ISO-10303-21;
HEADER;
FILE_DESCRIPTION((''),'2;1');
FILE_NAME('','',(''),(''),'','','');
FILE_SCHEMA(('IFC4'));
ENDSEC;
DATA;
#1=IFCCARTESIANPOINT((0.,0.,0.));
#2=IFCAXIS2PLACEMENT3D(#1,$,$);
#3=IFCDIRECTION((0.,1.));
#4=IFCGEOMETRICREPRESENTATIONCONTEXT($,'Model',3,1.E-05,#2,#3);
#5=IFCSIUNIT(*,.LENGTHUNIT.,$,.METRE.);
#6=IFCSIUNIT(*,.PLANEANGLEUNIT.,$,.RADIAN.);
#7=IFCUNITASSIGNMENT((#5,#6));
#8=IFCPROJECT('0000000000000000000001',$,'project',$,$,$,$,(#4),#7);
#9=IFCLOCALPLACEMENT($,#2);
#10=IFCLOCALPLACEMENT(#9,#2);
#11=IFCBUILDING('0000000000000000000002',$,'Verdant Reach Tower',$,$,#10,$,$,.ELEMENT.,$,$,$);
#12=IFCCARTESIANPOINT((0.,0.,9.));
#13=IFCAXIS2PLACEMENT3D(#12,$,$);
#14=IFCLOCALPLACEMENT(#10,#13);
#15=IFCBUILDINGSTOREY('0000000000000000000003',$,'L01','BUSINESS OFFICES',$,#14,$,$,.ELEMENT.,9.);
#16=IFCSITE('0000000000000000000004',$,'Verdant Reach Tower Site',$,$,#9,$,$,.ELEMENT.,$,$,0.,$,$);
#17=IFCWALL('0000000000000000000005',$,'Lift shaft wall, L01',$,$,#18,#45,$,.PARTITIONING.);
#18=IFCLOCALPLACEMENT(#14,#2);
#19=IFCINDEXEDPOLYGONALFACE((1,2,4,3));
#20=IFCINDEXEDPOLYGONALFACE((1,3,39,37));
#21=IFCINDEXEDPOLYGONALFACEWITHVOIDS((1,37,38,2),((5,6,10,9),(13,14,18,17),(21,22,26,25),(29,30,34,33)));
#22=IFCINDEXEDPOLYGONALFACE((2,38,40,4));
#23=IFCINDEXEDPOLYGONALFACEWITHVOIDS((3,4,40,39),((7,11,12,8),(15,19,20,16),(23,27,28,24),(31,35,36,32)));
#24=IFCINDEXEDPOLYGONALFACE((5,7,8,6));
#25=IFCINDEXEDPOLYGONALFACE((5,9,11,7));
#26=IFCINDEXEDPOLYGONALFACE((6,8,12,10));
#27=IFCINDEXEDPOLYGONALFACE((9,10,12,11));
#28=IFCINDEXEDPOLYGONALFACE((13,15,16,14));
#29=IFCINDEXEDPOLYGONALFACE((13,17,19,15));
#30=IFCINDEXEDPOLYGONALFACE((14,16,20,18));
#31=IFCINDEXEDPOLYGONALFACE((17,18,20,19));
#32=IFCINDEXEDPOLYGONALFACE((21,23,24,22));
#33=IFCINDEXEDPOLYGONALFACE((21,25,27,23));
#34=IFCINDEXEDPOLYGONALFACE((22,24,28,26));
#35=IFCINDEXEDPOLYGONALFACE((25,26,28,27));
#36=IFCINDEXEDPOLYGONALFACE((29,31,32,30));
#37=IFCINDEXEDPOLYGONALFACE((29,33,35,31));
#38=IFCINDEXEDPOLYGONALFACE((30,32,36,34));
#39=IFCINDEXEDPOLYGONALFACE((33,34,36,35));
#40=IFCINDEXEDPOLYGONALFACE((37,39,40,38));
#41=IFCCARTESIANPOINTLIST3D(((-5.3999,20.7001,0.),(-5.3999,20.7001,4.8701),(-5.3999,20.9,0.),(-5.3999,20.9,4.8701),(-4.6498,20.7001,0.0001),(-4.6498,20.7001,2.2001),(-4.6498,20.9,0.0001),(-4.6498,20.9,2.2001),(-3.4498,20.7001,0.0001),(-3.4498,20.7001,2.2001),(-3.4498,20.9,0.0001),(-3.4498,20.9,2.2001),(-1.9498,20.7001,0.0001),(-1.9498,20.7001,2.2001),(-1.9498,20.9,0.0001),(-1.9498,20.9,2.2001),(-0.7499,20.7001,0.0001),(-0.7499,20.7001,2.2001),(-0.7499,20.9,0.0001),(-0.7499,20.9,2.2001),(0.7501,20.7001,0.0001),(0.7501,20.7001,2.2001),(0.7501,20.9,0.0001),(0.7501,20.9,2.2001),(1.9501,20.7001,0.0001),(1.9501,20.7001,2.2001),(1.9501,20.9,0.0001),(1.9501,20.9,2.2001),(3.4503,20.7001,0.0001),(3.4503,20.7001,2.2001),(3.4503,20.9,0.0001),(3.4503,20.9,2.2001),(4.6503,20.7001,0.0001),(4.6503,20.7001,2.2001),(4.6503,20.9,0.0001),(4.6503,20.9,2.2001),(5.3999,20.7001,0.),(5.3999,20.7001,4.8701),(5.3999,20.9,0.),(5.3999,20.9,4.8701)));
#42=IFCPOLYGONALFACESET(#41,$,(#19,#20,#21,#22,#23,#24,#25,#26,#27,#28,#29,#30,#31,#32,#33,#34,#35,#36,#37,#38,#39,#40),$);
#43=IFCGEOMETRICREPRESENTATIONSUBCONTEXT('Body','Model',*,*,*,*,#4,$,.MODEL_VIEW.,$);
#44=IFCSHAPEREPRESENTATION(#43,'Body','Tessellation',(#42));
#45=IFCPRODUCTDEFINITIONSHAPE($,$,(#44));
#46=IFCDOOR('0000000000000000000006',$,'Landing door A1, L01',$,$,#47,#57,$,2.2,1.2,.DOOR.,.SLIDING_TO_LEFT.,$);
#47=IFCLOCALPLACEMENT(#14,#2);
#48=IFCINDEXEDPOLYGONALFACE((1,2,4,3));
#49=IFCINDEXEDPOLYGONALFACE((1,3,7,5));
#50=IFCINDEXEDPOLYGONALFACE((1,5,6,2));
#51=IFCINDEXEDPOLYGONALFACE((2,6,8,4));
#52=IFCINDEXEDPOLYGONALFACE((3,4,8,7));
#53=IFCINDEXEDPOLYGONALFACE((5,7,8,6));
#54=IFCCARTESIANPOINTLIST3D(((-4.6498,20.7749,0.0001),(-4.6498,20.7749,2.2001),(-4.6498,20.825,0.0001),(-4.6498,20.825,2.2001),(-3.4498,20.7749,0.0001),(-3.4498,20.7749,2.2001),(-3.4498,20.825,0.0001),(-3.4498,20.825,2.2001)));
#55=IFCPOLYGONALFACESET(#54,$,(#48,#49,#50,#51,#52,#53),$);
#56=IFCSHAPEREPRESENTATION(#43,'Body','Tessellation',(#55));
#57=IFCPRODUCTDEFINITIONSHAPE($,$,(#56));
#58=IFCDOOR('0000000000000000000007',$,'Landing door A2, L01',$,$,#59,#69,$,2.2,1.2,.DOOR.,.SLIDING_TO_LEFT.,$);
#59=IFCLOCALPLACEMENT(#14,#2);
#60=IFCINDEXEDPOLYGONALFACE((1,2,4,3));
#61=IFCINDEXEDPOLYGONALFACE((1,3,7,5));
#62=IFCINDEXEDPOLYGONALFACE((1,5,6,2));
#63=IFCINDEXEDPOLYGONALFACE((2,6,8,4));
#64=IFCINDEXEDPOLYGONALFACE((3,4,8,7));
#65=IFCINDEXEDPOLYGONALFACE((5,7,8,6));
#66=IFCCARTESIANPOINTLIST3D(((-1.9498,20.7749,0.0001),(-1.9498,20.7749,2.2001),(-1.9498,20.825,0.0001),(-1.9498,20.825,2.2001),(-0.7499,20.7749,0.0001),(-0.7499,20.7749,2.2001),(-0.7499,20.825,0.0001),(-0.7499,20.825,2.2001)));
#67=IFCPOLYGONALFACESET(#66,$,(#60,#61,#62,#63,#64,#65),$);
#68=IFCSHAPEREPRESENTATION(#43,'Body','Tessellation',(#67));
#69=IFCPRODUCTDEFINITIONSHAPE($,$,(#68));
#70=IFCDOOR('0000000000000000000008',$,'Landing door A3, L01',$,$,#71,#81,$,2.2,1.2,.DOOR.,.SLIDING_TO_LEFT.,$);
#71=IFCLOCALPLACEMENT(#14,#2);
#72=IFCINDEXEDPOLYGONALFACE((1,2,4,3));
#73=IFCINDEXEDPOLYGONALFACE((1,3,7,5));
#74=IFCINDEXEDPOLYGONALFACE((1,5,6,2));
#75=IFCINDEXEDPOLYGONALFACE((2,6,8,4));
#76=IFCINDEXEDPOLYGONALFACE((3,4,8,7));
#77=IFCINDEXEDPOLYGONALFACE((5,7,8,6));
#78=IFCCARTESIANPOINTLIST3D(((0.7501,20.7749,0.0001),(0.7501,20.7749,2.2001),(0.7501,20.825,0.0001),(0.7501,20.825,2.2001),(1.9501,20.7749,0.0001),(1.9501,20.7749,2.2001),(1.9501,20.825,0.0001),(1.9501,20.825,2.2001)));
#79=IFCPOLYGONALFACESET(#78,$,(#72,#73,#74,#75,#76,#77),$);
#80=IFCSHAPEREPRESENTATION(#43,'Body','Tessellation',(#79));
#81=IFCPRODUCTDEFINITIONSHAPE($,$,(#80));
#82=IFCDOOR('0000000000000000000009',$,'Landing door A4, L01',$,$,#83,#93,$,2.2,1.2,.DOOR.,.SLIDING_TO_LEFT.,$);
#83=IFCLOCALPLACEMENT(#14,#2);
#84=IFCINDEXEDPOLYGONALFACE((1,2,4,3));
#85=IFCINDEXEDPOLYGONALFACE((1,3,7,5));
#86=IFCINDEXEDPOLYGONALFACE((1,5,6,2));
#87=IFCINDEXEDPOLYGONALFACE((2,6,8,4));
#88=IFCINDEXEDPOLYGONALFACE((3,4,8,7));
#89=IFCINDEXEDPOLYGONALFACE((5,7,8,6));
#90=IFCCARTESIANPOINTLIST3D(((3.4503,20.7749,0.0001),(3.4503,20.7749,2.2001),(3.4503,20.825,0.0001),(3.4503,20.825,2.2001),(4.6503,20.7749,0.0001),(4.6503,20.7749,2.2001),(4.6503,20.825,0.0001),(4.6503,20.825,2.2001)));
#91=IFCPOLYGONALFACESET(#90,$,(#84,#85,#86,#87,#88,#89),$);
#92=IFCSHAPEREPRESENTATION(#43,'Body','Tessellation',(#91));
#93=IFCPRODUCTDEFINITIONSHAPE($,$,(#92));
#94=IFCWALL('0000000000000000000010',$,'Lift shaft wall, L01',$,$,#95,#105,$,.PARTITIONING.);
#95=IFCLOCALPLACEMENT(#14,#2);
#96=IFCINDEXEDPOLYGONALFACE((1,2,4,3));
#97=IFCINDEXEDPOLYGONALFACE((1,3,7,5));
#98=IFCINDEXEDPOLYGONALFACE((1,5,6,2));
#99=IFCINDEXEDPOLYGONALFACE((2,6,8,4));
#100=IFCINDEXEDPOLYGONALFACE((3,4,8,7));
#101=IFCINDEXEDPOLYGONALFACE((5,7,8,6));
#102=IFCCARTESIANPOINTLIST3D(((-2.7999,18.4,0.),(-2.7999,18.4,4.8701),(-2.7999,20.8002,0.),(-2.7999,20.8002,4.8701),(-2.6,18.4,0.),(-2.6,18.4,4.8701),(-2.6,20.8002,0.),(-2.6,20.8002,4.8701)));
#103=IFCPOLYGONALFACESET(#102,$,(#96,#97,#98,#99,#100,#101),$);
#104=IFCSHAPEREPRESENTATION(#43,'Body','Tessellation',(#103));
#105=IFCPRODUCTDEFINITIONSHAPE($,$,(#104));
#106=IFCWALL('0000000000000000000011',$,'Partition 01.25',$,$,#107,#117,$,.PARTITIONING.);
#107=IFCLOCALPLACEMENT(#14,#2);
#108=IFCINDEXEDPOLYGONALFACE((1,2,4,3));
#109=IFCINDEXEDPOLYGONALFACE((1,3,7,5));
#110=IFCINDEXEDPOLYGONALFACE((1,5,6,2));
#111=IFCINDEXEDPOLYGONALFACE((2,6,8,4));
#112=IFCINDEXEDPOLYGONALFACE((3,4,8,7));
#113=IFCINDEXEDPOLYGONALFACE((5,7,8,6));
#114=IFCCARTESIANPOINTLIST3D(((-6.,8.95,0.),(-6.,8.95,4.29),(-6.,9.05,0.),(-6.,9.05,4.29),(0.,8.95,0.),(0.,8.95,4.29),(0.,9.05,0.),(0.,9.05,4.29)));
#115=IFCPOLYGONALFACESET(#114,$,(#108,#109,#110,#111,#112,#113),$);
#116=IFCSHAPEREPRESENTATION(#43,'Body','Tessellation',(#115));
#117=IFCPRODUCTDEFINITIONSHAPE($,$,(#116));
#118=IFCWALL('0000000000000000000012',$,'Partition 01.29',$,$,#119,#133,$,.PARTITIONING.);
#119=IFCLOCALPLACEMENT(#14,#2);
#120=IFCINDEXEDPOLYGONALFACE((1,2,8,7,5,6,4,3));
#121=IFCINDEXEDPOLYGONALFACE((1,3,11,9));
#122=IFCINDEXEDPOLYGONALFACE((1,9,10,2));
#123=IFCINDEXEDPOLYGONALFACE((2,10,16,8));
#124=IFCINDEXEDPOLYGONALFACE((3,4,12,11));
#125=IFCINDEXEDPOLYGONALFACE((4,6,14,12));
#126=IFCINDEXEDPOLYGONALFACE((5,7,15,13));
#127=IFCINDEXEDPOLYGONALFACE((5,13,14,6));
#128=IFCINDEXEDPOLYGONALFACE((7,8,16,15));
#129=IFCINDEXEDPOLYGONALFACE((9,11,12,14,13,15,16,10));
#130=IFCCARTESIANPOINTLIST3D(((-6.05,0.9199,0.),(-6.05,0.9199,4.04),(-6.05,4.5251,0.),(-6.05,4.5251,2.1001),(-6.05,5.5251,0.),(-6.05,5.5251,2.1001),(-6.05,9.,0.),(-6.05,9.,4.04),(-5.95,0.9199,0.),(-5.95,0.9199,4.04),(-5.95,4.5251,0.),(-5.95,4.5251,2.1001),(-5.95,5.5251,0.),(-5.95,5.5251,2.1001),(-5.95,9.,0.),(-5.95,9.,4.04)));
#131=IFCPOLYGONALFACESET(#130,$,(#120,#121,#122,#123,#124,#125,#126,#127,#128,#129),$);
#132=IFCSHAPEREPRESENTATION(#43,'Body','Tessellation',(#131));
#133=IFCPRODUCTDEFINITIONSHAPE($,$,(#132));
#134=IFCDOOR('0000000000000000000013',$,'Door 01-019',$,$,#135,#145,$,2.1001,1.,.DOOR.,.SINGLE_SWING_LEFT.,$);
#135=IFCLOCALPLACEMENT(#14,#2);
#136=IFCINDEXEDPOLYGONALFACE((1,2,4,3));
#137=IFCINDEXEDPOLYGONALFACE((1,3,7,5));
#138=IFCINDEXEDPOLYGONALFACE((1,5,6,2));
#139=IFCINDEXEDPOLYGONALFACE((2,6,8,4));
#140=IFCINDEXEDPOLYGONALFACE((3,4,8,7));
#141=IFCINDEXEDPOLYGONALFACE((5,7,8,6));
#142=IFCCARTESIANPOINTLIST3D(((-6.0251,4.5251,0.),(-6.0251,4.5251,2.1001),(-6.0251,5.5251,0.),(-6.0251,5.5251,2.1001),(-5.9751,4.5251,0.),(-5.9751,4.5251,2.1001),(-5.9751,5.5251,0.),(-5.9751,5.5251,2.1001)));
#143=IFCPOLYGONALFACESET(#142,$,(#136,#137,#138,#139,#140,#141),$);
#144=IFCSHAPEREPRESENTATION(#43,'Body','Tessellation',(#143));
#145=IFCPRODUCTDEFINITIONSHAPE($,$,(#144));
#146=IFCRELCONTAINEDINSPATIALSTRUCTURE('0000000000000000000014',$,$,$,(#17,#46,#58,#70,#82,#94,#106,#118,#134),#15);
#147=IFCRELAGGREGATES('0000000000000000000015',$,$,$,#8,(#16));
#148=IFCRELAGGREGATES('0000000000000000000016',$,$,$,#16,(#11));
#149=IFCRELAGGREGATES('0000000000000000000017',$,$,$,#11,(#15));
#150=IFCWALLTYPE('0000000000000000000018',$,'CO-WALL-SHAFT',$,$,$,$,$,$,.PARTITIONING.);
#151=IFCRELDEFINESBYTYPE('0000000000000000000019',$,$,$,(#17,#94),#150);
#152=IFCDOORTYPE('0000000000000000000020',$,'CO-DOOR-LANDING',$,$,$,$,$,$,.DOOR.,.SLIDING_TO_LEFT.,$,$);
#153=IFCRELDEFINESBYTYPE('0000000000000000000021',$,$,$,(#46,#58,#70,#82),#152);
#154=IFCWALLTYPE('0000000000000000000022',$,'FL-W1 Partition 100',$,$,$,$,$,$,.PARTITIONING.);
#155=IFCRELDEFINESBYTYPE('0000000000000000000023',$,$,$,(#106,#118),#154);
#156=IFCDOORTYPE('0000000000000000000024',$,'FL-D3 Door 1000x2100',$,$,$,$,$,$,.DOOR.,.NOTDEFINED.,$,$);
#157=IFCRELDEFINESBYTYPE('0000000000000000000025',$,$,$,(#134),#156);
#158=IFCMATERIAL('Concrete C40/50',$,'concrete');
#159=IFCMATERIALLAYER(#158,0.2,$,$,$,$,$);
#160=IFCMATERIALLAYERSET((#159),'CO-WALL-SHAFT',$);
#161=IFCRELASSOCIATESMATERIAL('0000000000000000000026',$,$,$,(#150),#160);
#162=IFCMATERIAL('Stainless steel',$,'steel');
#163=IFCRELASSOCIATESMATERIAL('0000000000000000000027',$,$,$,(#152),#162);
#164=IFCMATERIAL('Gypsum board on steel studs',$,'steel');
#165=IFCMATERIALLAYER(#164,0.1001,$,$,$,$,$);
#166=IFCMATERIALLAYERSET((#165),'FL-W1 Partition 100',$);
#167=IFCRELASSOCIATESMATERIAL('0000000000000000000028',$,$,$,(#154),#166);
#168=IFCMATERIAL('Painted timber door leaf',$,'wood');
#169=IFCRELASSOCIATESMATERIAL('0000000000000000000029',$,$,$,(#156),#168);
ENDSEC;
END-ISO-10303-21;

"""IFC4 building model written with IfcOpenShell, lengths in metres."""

from ifc_helpers import new_model, si_unit, direction, frame, frame_2d, origin, place, context, subcontext, project, spatial, rectangle, extrude, material, layer, layer_set, type_object, element, fill, save


model = new_model("IFC4")

# Units and contexts
model_context = context("Model", 3, precision=1e-05, world=origin(), true_north=direction((0.0, 1.0)))
body_context = subcontext(model_context, "Body", "Model", "MODEL_VIEW")
ifc_project = project(units=[si_unit("LENGTHUNIT", "METRE"), si_unit("PLANEANGLEUNIT", "RADIAN")], contexts=[model_context])

# Site, building, storey
site_placement = place(None, origin())
site = spatial("IfcSite", under=ifc_project, at=site_placement, Name="Verdant Reach Tower Site", CompositionType="ELEMENT", RefElevation=0.0)
building_placement = place(site_placement, origin())
building = spatial("IfcBuilding", under=site, at=building_placement, Name="Verdant Reach Tower", CompositionType="ELEMENT")
storey_placement = place(building_placement, frame((0.0, 0.0, 9.0)))
storey = spatial("IfcBuildingStorey", under=building, at=storey_placement, Name="L01", Description="BUSINESS OFFICES", CompositionType="ELEMENT", Elevation=9.0)

# Wall, openings, doors
ifc_material_1 = material(Name="Concrete C40/50", Category="concrete")
ifc_layer_1 = layer(ifc_material_1, 0.2)
ifc_layer_set_1 = layer_set([ifc_layer_1], Name="CO-WALL-SHAFT")
wall_type_1 = type_object("IfcWallType", Name="CO-WALL-SHAFT", PredefinedType="PARTITIONING", material=ifc_layer_set_1)
wall_1_placement = place(storey_placement, frame((-5.3999, 20.8, 0.0), z_axis=(0.0, 0.0, 1.0), x_axis=(1.0, 0.0, 0.0)))
wall_1 = element("IfcWall", 1, at=wall_1_placement, inside=storey, type_object=wall_type_1, Name="Lift shaft wall, L01", PredefinedType="PARTITIONING", context=body_context, shape_type="SweptSolid", body=[
    extrude(rectangle(XDim=10.7998, YDim=0.2, at=frame_2d((5.3999, 0.0))), origin(), (0.0, 0.0, 1.0), 4.8701),
])
opening_1_placement = place(wall_1_placement, frame((0.75, 0.0, 0.0)))
opening_1 = element("IfcOpeningElement", 2, at=opening_1_placement, cuts=wall_1, PredefinedType="OPENING", context=body_context, shape_type="SweptSolid", body=[
    extrude(rectangle(XDim=1.2, YDim=2.2, at=frame_2d((0.6001, 1.1001))), frame((0.0, 0.1099, 0.0), z_axis=(0.0, -1.0, 0.0), x_axis=(1.0, 0.0, 0.0)), (0.0, 0.0, 1.0), 0.22),
])
opening_2_placement = place(wall_1_placement, frame((3.45, 0.0, 0.0)))
opening_2 = element("IfcOpeningElement", 3, at=opening_2_placement, cuts=wall_1, PredefinedType="OPENING", context=body_context, shape_type="SweptSolid", body=[
    extrude(rectangle(XDim=1.2, YDim=2.2, at=frame_2d((0.6001, 1.1001))), frame((0.0, 0.1099, 0.0), z_axis=(0.0, -1.0, 0.0), x_axis=(1.0, 0.0, 0.0)), (0.0, 0.0, 1.0), 0.22),
])
opening_3_placement = place(wall_1_placement, frame((6.1499, 0.0, 0.0)))
opening_3 = element("IfcOpeningElement", 4, at=opening_3_placement, cuts=wall_1, PredefinedType="OPENING", context=body_context, shape_type="SweptSolid", body=[
    extrude(rectangle(XDim=1.2, YDim=2.2, at=frame_2d((0.6001, 1.1001))), frame((0.0, 0.1099, 0.0), z_axis=(0.0, -1.0, 0.0), x_axis=(1.0, 0.0, 0.0)), (0.0, 0.0, 1.0), 0.22),
])
opening_4_placement = place(wall_1_placement, frame((8.8501, 0.0, 0.0)))
opening_4 = element("IfcOpeningElement", 5, at=opening_4_placement, cuts=wall_1, PredefinedType="OPENING", context=body_context, shape_type="SweptSolid", body=[
    extrude(rectangle(XDim=1.2, YDim=2.2, at=frame_2d((0.6001, 1.1001))), frame((0.0, 0.1099, 0.0), z_axis=(0.0, -1.0, 0.0), x_axis=(1.0, 0.0, 0.0)), (0.0, 0.0, 1.0), 0.22),
])
ifc_material_2 = material(Name="Stainless steel", Category="steel")
door_type_1 = type_object("IfcDoorType", Name="CO-DOOR-LANDING", OperationType="SLIDING_TO_LEFT", PredefinedType="DOOR", material=ifc_material_2)
door_1_placement = place(opening_1_placement, origin())
door_1 = element("IfcDoor", 6, at=door_1_placement, inside=storey, type_object=door_type_1, Name="Landing door A1, L01", OperationType="SLIDING_TO_LEFT", OverallHeight=2.2, OverallWidth=1.2, PredefinedType="DOOR", context=body_context, shape_type="SweptSolid", body=[
    extrude(rectangle(XDim=1.2, YDim=2.2, at=frame_2d((0.6001, 1.1001))), frame((0.0, 0.0249, 0.0), z_axis=(0.0, -1.0, 0.0), x_axis=(1.0, 0.0, 0.0)), (0.0, 0.0, 1.0), 0.05),
])
fill(opening_1, door_1)
door_2_placement = place(opening_2_placement, origin())
door_2 = element("IfcDoor", 7, at=door_2_placement, inside=storey, type_object=door_type_1, Name="Landing door A2, L01", OperationType="SLIDING_TO_LEFT", OverallHeight=2.2, OverallWidth=1.2, PredefinedType="DOOR", context=body_context, shape_type="SweptSolid", body=[
    extrude(rectangle(XDim=1.2, YDim=2.2, at=frame_2d((0.6001, 1.1001))), frame((0.0, 0.0249, 0.0), z_axis=(0.0, -1.0, 0.0), x_axis=(1.0, 0.0, 0.0)), (0.0, 0.0, 1.0), 0.05),
])
fill(opening_2, door_2)
door_3_placement = place(opening_3_placement, origin())
door_3 = element("IfcDoor", 8, at=door_3_placement, inside=storey, type_object=door_type_1, Name="Landing door A3, L01", OperationType="SLIDING_TO_LEFT", OverallHeight=2.2, OverallWidth=1.2, PredefinedType="DOOR", context=body_context, shape_type="SweptSolid", body=[
    extrude(rectangle(XDim=1.2, YDim=2.2, at=frame_2d((0.6001, 1.1001))), frame((0.0, 0.0249, 0.0), z_axis=(0.0, -1.0, 0.0), x_axis=(1.0, 0.0, 0.0)), (0.0, 0.0, 1.0), 0.05),
])
fill(opening_3, door_3)
door_4_placement = place(opening_4_placement, origin())
door_4 = element("IfcDoor", 9, at=door_4_placement, inside=storey, type_object=door_type_1, Name="Landing door A4, L01", OperationType="SLIDING_TO_LEFT", OverallHeight=2.2, OverallWidth=1.2, PredefinedType="DOOR", context=body_context, shape_type="SweptSolid", body=[
    extrude(rectangle(XDim=1.2, YDim=2.2, at=frame_2d((0.6001, 1.1001))), frame((0.0, 0.0249, 0.0), z_axis=(0.0, -1.0, 0.0), x_axis=(1.0, 0.0, 0.0)), (0.0, 0.0, 1.0), 0.05),
])
fill(opening_4, door_4)

# Walls
wall_2_placement = place(storey_placement, frame((-2.7, 18.3999, 0.0), z_axis=(0.0, 0.0, 1.0), x_axis=(0.0, 1.0, 0.0)))
element("IfcWall", 10, at=wall_2_placement, inside=storey, type_object=wall_type_1, Name="Lift shaft wall, L01", PredefinedType="PARTITIONING", context=body_context, shape_type="SweptSolid", body=[
    extrude(rectangle(XDim=2.4001, YDim=0.2, at=frame_2d((1.2002, 0.0))), origin(), (0.0, 0.0, 1.0), 4.8701),
])
ifc_material_3 = material(Name="Gypsum board on steel studs", Category="steel")
ifc_layer_2 = layer(ifc_material_3, 0.1001)
ifc_layer_set_2 = layer_set([ifc_layer_2], Name="FL-W1 Partition 100")
wall_type_2 = type_object("IfcWallType", Name="FL-W1 Partition 100", PredefinedType="PARTITIONING", material=ifc_layer_set_2)
wall_3_placement = place(storey_placement, frame((-6.0, 9.0, 0.0), z_axis=(0.0, 0.0, 1.0), x_axis=(1.0, 0.0, 0.0)))
element("IfcWall", 11, at=wall_3_placement, inside=storey, type_object=wall_type_2, Name="Partition 01.25", PredefinedType="PARTITIONING", context=body_context, shape_type="SweptSolid", body=[
    extrude(rectangle(XDim=6.0, YDim=0.1001, at=frame_2d((3.0, 0.0))), origin(), (0.0, 0.0, 1.0), 4.29),
])

# Wall, opening, door
wall_4_placement = place(storey_placement, frame((-6.0, 9.0, 0.0), z_axis=(0.0, 0.0, 1.0), x_axis=(0.0, -1.0, 0.0)))
wall_4 = element("IfcWall", 12, at=wall_4_placement, inside=storey, type_object=wall_type_2, Name="Partition 01.29", PredefinedType="PARTITIONING", context=body_context, shape_type="SweptSolid", body=[
    extrude(rectangle(XDim=8.0801, YDim=0.1001, at=frame_2d((4.04, 0.0))), origin(), (0.0, 0.0, 1.0), 4.04),
])
opening_5_placement = place(wall_4_placement, frame((3.4749, 0.0, 0.0)))
opening_5 = element("IfcOpeningElement", 13, at=opening_5_placement, cuts=wall_4, PredefinedType="OPENING", context=body_context, shape_type="SweptSolid", body=[
    extrude(rectangle(XDim=1.0, YDim=2.1001, at=frame_2d((0.5, 1.05))), frame((0.0, 0.0601, 0.0), z_axis=(0.0, -1.0, 0.0), x_axis=(1.0, 0.0, 0.0)), (0.0, 0.0, 1.0), 0.1201),
])
ifc_material_4 = material(Name="Painted timber door leaf", Category="wood")
door_type_2 = type_object("IfcDoorType", Name="FL-D3 Door 1000x2100", OperationType="NOTDEFINED", PredefinedType="DOOR", material=ifc_material_4)
door_5_placement = place(opening_5_placement, origin())
door_5 = element("IfcDoor", 14, at=door_5_placement, inside=storey, type_object=door_type_2, Name="Door 01-019", OperationType="SINGLE_SWING_LEFT", OverallHeight=2.1001, OverallWidth=1.0, PredefinedType="DOOR", context=body_context, shape_type="SweptSolid", body=[
    extrude(rectangle(XDim=1.0, YDim=2.1001, at=frame_2d((0.5, 1.05))), frame((0.0, 0.0249, 0.0), z_axis=(0.0, -1.0, 0.0), x_axis=(1.0, 0.0, 0.0)), (0.0, 0.0, 1.0), 0.05),
])
fill(opening_5, door_5)

save(model, "model.ifc")
